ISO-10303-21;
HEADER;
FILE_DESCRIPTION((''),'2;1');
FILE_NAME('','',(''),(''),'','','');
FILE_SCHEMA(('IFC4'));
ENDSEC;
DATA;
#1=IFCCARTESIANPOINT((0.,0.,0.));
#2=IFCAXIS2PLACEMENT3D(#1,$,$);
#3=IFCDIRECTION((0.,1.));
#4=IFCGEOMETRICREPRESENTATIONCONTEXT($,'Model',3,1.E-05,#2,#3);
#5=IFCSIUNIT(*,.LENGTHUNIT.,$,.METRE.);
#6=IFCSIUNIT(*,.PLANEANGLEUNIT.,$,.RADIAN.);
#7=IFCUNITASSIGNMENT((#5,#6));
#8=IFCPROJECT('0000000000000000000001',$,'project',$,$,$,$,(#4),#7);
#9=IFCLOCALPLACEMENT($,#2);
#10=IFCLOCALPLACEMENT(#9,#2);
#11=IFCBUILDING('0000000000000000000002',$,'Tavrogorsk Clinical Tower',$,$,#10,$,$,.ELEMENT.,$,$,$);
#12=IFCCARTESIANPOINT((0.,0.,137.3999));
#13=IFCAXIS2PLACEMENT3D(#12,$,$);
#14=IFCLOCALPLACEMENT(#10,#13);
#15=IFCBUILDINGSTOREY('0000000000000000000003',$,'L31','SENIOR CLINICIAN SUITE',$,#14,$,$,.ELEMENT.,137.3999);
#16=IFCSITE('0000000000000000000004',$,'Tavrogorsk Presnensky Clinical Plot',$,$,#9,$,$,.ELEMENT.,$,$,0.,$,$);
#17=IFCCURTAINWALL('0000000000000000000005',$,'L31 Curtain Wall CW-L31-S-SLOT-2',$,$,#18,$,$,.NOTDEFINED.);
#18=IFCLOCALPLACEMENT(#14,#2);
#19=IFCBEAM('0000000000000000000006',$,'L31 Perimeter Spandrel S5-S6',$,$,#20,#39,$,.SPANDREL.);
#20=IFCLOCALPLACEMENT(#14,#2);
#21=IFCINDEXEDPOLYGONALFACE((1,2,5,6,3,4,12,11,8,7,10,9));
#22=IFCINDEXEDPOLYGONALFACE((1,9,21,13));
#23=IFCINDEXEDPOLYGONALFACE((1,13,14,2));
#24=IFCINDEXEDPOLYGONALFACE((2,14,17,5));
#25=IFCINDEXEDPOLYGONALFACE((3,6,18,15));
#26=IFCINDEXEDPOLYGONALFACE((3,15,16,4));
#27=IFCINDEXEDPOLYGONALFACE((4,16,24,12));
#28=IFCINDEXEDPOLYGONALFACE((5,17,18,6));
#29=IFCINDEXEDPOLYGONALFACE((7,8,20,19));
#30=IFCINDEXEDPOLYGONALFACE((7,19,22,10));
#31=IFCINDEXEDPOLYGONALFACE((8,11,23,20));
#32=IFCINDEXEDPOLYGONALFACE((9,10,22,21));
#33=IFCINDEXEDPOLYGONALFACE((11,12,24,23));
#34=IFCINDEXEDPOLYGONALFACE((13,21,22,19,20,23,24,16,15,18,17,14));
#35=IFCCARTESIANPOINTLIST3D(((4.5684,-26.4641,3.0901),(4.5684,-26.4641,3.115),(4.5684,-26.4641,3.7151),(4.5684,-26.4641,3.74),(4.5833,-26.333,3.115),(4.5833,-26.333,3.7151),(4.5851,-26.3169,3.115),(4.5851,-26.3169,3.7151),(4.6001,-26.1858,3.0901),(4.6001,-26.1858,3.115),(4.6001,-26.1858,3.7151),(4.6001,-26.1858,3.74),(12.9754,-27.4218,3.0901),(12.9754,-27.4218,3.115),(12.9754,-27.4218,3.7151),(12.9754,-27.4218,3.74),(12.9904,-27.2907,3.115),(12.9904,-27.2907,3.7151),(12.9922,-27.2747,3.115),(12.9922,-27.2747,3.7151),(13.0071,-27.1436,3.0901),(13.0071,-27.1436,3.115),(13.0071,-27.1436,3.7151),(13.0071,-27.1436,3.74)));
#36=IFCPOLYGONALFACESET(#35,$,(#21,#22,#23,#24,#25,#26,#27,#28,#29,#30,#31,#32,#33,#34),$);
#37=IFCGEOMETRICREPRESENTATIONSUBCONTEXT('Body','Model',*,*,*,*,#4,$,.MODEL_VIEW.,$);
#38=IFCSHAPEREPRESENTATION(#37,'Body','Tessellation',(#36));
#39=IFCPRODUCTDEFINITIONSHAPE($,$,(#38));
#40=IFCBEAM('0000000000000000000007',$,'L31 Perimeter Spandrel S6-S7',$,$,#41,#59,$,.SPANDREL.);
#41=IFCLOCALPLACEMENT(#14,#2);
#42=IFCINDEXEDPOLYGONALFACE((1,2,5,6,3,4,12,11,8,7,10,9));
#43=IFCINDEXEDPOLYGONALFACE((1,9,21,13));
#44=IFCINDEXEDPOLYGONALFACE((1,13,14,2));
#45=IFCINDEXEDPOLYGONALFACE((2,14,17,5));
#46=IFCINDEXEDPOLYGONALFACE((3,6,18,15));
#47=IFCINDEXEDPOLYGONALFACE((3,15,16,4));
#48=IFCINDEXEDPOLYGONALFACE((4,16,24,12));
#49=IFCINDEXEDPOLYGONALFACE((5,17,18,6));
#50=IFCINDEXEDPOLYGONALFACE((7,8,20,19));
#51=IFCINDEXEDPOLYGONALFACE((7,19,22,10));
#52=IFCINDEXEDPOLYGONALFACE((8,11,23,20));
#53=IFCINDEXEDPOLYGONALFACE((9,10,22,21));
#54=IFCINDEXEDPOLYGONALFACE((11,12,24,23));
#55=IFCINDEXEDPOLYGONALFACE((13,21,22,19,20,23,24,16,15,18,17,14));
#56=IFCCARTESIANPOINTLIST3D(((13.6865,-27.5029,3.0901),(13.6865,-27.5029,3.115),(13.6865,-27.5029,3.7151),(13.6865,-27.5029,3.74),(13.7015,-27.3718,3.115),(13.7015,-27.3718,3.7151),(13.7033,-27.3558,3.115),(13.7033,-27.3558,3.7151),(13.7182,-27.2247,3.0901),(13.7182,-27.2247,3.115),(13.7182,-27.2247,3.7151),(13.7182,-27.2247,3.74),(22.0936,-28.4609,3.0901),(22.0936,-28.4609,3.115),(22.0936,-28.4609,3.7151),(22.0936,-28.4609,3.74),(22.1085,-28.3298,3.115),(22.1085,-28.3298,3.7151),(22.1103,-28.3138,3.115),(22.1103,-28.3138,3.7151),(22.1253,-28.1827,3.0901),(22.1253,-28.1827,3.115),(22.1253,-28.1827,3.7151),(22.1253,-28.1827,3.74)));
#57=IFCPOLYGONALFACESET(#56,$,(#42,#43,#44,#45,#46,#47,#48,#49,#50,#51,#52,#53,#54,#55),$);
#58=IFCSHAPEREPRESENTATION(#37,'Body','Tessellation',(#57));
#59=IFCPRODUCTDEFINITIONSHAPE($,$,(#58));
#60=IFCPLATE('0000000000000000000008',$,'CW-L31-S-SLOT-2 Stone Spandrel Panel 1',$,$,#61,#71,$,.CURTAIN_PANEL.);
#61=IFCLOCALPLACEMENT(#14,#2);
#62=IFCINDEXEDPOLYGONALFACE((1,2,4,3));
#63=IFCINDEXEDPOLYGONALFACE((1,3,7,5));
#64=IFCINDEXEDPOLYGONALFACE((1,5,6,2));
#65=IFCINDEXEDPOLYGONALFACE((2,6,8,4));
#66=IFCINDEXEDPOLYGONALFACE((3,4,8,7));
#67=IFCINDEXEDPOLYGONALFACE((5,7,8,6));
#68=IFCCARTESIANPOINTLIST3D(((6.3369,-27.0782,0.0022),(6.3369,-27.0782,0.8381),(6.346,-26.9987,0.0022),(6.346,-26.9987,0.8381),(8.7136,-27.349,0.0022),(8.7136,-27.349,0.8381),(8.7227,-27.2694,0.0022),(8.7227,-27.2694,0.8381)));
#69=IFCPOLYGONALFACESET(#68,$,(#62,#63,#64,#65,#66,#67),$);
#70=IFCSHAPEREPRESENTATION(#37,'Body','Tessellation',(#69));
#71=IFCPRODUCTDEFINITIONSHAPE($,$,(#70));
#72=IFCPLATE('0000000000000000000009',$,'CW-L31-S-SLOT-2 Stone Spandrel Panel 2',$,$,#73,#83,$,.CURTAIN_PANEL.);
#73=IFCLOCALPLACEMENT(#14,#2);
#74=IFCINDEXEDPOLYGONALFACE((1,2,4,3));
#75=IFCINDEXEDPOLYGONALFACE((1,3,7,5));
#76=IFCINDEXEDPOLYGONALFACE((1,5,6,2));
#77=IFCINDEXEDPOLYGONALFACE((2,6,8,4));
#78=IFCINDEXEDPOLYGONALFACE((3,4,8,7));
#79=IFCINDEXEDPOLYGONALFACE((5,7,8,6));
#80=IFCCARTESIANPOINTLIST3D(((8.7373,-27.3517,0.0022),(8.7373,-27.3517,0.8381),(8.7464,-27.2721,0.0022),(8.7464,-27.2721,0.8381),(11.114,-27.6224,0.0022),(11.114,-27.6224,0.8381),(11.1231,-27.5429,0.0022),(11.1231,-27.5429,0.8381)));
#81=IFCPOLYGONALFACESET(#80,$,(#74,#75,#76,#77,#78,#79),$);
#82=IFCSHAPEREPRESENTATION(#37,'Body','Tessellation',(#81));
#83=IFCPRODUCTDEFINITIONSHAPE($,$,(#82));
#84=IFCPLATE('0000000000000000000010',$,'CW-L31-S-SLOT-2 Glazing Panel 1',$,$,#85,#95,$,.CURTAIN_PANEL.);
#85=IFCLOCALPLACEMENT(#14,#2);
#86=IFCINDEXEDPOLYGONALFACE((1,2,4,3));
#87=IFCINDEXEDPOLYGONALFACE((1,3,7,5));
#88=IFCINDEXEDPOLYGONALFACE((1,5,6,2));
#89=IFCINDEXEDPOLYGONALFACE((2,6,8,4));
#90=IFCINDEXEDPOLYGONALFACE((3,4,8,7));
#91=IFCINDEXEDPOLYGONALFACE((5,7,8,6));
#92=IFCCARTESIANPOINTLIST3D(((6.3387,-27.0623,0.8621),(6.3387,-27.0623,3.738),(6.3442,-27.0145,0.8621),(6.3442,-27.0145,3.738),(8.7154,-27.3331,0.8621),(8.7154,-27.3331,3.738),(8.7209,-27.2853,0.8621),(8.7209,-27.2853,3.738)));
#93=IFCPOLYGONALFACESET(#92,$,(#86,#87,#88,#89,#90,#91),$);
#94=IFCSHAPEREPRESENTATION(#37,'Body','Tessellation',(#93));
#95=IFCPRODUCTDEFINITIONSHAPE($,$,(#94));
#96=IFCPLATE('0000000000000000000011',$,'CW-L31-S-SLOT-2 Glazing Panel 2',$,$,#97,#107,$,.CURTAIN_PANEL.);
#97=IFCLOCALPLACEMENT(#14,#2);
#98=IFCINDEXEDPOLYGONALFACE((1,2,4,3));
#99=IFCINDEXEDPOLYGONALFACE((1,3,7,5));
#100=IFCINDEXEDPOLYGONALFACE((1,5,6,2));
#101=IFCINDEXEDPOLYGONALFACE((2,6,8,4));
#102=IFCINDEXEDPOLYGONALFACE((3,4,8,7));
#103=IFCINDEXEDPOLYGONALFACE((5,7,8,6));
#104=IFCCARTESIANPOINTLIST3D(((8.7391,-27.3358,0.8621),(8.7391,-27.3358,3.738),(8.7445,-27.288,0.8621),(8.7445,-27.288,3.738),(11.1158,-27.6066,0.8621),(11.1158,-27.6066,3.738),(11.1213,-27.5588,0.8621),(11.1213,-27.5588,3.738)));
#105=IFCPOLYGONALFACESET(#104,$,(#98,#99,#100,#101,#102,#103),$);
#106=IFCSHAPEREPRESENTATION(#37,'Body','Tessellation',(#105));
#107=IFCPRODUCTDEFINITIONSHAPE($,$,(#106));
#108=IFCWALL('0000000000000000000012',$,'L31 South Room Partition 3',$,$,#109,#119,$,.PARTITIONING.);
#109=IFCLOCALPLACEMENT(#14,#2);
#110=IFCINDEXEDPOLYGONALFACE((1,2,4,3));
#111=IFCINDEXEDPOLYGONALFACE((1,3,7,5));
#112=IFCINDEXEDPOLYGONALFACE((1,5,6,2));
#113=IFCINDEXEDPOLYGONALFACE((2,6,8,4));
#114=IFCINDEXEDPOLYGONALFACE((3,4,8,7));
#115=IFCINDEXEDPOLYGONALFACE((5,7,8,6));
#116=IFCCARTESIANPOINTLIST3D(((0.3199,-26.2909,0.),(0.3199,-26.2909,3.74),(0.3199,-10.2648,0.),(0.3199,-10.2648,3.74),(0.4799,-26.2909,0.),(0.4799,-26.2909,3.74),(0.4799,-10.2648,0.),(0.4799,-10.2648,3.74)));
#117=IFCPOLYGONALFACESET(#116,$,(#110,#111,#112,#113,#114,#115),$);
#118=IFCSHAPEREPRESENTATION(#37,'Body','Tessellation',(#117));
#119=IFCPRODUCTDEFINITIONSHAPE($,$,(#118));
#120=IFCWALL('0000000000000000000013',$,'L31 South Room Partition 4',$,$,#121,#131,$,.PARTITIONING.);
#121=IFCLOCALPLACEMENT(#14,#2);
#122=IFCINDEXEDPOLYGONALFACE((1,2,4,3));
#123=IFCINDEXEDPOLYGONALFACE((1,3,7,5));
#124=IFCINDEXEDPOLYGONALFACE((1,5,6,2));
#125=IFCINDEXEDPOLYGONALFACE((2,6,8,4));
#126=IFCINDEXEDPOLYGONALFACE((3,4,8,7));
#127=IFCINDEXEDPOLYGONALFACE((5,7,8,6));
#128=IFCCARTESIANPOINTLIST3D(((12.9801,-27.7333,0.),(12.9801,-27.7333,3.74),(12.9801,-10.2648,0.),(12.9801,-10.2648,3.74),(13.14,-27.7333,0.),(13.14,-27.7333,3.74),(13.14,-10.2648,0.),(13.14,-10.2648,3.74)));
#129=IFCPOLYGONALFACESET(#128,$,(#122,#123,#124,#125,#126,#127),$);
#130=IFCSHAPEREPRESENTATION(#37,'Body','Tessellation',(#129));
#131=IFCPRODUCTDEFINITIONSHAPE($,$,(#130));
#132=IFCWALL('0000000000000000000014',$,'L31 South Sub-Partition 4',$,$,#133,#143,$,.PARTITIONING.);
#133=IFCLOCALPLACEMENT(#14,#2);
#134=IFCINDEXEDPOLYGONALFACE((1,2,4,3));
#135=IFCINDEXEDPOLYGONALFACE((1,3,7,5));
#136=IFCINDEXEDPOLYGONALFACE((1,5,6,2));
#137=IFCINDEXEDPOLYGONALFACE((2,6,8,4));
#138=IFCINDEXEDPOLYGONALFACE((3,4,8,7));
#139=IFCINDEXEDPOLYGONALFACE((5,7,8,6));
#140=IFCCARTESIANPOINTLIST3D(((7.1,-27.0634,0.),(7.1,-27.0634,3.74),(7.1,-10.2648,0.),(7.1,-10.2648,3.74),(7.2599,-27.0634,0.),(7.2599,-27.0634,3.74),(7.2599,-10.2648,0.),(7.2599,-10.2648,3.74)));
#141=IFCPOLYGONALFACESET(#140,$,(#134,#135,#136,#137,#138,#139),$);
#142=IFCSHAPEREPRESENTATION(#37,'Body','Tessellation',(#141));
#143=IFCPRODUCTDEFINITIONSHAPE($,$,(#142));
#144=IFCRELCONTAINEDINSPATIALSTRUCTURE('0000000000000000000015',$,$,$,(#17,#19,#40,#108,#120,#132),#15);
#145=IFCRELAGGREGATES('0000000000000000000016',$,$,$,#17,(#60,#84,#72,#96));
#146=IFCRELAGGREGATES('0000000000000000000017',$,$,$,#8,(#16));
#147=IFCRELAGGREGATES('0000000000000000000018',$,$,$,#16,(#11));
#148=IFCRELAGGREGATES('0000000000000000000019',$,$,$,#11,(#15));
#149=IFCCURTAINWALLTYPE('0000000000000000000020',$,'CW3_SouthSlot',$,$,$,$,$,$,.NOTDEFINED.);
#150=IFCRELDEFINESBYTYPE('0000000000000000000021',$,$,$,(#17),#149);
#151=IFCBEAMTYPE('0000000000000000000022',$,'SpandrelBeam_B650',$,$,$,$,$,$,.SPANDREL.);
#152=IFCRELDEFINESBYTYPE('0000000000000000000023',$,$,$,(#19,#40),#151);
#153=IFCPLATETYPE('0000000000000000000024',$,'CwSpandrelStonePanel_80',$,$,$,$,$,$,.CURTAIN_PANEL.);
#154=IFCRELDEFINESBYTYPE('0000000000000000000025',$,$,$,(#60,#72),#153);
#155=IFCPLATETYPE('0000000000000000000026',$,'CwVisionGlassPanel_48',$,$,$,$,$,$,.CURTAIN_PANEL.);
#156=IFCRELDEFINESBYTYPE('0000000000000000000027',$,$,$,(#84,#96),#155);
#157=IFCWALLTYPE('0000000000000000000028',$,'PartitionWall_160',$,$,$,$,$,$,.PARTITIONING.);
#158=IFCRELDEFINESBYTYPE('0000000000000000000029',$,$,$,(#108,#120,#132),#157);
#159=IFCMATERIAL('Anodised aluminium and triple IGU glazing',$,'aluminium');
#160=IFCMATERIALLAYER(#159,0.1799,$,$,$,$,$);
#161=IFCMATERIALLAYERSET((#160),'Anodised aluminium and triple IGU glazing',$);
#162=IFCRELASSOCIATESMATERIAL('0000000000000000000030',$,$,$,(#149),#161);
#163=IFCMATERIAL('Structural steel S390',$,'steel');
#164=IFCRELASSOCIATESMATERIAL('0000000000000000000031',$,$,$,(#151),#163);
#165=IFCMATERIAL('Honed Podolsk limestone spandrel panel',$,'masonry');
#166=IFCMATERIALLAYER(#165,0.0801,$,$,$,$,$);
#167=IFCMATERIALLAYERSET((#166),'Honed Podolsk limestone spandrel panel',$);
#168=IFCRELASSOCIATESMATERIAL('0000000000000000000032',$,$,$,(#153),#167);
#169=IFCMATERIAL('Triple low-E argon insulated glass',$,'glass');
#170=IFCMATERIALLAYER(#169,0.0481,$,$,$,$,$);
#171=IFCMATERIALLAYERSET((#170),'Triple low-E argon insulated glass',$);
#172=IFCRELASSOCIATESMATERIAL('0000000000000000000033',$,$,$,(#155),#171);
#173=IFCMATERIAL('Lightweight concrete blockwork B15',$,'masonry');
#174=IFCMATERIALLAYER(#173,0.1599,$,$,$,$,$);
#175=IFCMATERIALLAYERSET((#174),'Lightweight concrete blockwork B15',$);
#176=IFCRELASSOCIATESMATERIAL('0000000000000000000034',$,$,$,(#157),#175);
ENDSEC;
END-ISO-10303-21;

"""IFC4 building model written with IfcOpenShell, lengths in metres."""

from ifc_helpers import new_model, si_unit, direction, frame, frame_2d, origin, origin_2d, place, context, subcontext, project, spatial, rectangle, i_section, extrude, material, layer, layer_set, material_profile, profile_set, type_object, element, aggregate, save


model = new_model("IFC4")

# Units and contexts
model_context = context("Model", 3, precision=1e-05, world=origin(), true_north=direction((0.0, 1.0)))
body_context = subcontext(model_context, "Body", "Model", "MODEL_VIEW")
ifc_project = project(units=[si_unit("LENGTHUNIT", "METRE"), si_unit("PLANEANGLEUNIT", "RADIAN")], contexts=[model_context])

# Site, building, storey
site_placement = place(None, origin())
site = spatial("IfcSite", under=ifc_project, at=site_placement, Name="Tavrogorsk Presnensky Clinical Plot", CompositionType="ELEMENT", RefElevation=0.0)
building_placement = place(site_placement, origin())
building = spatial("IfcBuilding", under=site, at=building_placement, Name="Tavrogorsk Clinical Tower", CompositionType="ELEMENT")
storey_placement = place(building_placement, frame((0.0, 0.0, 137.3999)))
storey = spatial("IfcBuildingStorey", under=building, at=storey_placement, Name="L31", Description="SENIOR CLINICIAN SUITE", CompositionType="ELEMENT", Elevation=137.3999)

# Curtain wall
ifc_material_1 = material(Name="Anodised aluminium and triple IGU glazing", Category="aluminium")
ifc_layer_1 = layer(ifc_material_1, 0.1799)
ifc_layer_set_1 = layer_set([ifc_layer_1], Name="Anodised aluminium and triple IGU glazing")
curtain_wall_type = type_object("IfcCurtainWallType", Name="CW3_SouthSlot", PredefinedType="NOTDEFINED", material=ifc_layer_set_1)
curtain_wall_placement = place(storey_placement, origin())
curtain_wall = element("IfcCurtainWall", 1, at=curtain_wall_placement, inside=storey, type_object=curtain_wall_type, Name="L31 Curtain Wall CW-L31-S-SLOT-2", PredefinedType="NOTDEFINED")

# Beams
ifc_material_2 = material(Name="Structural steel S390", Category="steel")
ifc_material_profile_1 = material_profile(ifc_material_2, i_section(OverallWidth=0.28, OverallDepth=0.6499, WebThickness=0.0161, FlangeThickness=0.0249, at=origin_2d()), Name="B-650x280x16x25")
ifc_profile_set_1 = profile_set([ifc_material_profile_1], Name="Structural steel S390")
beam_type = type_object("IfcBeamType", Name="SpandrelBeam_B650", PredefinedType="SPANDREL", material=ifc_profile_set_1)
for number, where, z_axis, x_axis, name in (
    (2, (4.5842, -26.325, 3.415), (0.993573, -0.113193, 0.0), (0.113193, 0.993573, 0.0), "L31 Perimeter Spandrel S5-S6"),
    (3, (13.7024, -27.3638, 3.415), (0.99357, -0.113221, 0.0), (0.113221, 0.99357, 0.0), "L31 Perimeter Spandrel S6-S7"),
):
    element("IfcBeam", number, at=place(storey_placement, frame(where, z_axis=z_axis, x_axis=x_axis)), inside=storey, type_object=beam_type, Name=name, PredefinedType="SPANDREL", context=body_context, shape_type="SweptSolid", body=[
        extrude(i_section(OverallWidth=0.28, OverallDepth=0.6499, WebThickness=0.0161, FlangeThickness=0.0249, at=origin_2d()), origin(), (0.0, 0.0, 1.0), 8.4614),
    ])

# Plates
ifc_material_3 = material(Name="Honed Podolsk limestone spandrel panel", Category="masonry")
ifc_layer_2 = layer(ifc_material_3, 0.0801)
ifc_layer_set_2 = layer_set([ifc_layer_2], Name="Honed Podolsk limestone spandrel panel")
plate_type_1 = type_object("IfcPlateType", Name="CwSpandrelStonePanel_80", PredefinedType="CURTAIN_PANEL", material=ifc_layer_set_2)
plate_1_placement = place(storey_placement, frame((7.5298, -27.1738, 0.0022), z_axis=(0.0, 0.0, 1.0), x_axis=(0.993572, -0.113203, 0.0)))
plate_1 = element("IfcPlate", 4, at=plate_1_placement, type_object=plate_type_1, Name="CW-L31-S-SLOT-2 Stone Spandrel Panel 1", PredefinedType="CURTAIN_PANEL", context=body_context, shape_type="SweptSolid", body=[
    extrude(rectangle(XDim=2.3921, YDim=0.0801, at=origin_2d()), origin(), (0.0, 0.0, 1.0), 0.8359),
])
plate_2_placement = place(storey_placement, frame((9.9302, -27.4473, 0.0022), z_axis=(0.0, 0.0, 1.0), x_axis=(0.993572, -0.113203, 0.0)))
plate_2 = element("IfcPlate", 5, at=plate_2_placement, type_object=plate_type_1, Name="CW-L31-S-SLOT-2 Stone Spandrel Panel 2", PredefinedType="CURTAIN_PANEL", context=body_context, shape_type="SweptSolid", body=[
    extrude(rectangle(XDim=2.3921, YDim=0.0801, at=origin_2d()), origin(), (0.0, 0.0, 1.0), 0.8359),
])
ifc_material_4 = material(Name="Triple low-E argon insulated glass", Category="glass")
ifc_layer_3 = layer(ifc_material_4, 0.0481)
ifc_layer_set_3 = layer_set([ifc_layer_3], Name="Triple low-E argon insulated glass")
plate_type_2 = type_object("IfcPlateType", Name="CwVisionGlassPanel_48", PredefinedType="CURTAIN_PANEL", material=ifc_layer_set_3)
plate_3_placement = place(storey_placement, frame((7.5298, -27.1738, 0.8621), z_axis=(0.0, 0.0, 1.0), x_axis=(0.993572, -0.113203, 0.0)))
plate_3 = element("IfcPlate", 6, at=plate_3_placement, type_object=plate_type_2, Name="CW-L31-S-SLOT-2 Glazing Panel 1", PredefinedType="CURTAIN_PANEL", context=body_context, shape_type="SweptSolid", body=[
    extrude(rectangle(XDim=2.3921, YDim=0.0481, at=origin_2d()), origin(), (0.0, 0.0, 1.0), 2.876),
])
plate_4_placement = place(storey_placement, frame((9.9302, -27.4473, 0.8621), z_axis=(0.0, 0.0, 1.0), x_axis=(0.993572, -0.113203, 0.0)))
plate_4 = element("IfcPlate", 7, at=plate_4_placement, type_object=plate_type_2, Name="CW-L31-S-SLOT-2 Glazing Panel 2", PredefinedType="CURTAIN_PANEL", context=body_context, shape_type="SweptSolid", body=[
    extrude(rectangle(XDim=2.3921, YDim=0.0481, at=origin_2d()), origin(), (0.0, 0.0, 1.0), 2.876),
])
aggregate(curtain_wall, [plate_1, plate_3, plate_2, plate_4])

# Walls
ifc_material_5 = material(Name="Lightweight concrete blockwork B15", Category="masonry")
ifc_layer_4 = layer(ifc_material_5, 0.1599)
ifc_layer_set_4 = layer_set([ifc_layer_4], Name="Lightweight concrete blockwork B15")
wall_type_1 = type_object("IfcWallType", Name="PartitionWall_160", PredefinedType="PARTITIONING", material=ifc_layer_set_4)
wall_1_placement = place(storey_placement, frame((0.3999, -26.291, 0.0), z_axis=(0.0, 0.0, 1.0), x_axis=(0.0, 1.0, 0.0)))
element("IfcWall", 8, at=wall_1_placement, inside=storey, type_object=wall_type_1, Name="L31 South Room Partition 3", PredefinedType="PARTITIONING", context=body_context, shape_type="SweptSolid", body=[
    extrude(rectangle(XDim=16.0261, YDim=0.1599, at=frame_2d((8.0132, 0.0))), origin(), (0.0, 0.0, 1.0), 3.74),
])
wall_2_placement = place(storey_placement, frame((13.0601, -27.7334, 0.0), z_axis=(0.0, 0.0, 1.0), x_axis=(0.0, 1.0, 0.0)))
element("IfcWall", 9, at=wall_2_placement, inside=storey, type_object=wall_type_1, Name="L31 South Room Partition 4", PredefinedType="PARTITIONING", context=body_context, shape_type="SweptSolid", body=[
    extrude(rectangle(XDim=17.4685, YDim=0.1599, at=frame_2d((8.7344, 0.0))), origin(), (0.0, 0.0, 1.0), 3.74),
])
wall_3_placement = place(storey_placement, frame((7.1799, -27.0635, 0.0), z_axis=(0.0, 0.0, 1.0), x_axis=(0.0, 1.0, 0.0)))
element("IfcWall", 10, at=wall_3_placement, inside=storey, type_object=wall_type_1, Name="L31 South Sub-Partition 4", PredefinedType="PARTITIONING", context=body_context, shape_type="SweptSolid", body=[
    extrude(rectangle(XDim=16.7986, YDim=0.1599, at=frame_2d((8.3994, 0.0))), origin(), (0.0, 0.0, 1.0), 3.74),
])

save(model, "model.ifc")
